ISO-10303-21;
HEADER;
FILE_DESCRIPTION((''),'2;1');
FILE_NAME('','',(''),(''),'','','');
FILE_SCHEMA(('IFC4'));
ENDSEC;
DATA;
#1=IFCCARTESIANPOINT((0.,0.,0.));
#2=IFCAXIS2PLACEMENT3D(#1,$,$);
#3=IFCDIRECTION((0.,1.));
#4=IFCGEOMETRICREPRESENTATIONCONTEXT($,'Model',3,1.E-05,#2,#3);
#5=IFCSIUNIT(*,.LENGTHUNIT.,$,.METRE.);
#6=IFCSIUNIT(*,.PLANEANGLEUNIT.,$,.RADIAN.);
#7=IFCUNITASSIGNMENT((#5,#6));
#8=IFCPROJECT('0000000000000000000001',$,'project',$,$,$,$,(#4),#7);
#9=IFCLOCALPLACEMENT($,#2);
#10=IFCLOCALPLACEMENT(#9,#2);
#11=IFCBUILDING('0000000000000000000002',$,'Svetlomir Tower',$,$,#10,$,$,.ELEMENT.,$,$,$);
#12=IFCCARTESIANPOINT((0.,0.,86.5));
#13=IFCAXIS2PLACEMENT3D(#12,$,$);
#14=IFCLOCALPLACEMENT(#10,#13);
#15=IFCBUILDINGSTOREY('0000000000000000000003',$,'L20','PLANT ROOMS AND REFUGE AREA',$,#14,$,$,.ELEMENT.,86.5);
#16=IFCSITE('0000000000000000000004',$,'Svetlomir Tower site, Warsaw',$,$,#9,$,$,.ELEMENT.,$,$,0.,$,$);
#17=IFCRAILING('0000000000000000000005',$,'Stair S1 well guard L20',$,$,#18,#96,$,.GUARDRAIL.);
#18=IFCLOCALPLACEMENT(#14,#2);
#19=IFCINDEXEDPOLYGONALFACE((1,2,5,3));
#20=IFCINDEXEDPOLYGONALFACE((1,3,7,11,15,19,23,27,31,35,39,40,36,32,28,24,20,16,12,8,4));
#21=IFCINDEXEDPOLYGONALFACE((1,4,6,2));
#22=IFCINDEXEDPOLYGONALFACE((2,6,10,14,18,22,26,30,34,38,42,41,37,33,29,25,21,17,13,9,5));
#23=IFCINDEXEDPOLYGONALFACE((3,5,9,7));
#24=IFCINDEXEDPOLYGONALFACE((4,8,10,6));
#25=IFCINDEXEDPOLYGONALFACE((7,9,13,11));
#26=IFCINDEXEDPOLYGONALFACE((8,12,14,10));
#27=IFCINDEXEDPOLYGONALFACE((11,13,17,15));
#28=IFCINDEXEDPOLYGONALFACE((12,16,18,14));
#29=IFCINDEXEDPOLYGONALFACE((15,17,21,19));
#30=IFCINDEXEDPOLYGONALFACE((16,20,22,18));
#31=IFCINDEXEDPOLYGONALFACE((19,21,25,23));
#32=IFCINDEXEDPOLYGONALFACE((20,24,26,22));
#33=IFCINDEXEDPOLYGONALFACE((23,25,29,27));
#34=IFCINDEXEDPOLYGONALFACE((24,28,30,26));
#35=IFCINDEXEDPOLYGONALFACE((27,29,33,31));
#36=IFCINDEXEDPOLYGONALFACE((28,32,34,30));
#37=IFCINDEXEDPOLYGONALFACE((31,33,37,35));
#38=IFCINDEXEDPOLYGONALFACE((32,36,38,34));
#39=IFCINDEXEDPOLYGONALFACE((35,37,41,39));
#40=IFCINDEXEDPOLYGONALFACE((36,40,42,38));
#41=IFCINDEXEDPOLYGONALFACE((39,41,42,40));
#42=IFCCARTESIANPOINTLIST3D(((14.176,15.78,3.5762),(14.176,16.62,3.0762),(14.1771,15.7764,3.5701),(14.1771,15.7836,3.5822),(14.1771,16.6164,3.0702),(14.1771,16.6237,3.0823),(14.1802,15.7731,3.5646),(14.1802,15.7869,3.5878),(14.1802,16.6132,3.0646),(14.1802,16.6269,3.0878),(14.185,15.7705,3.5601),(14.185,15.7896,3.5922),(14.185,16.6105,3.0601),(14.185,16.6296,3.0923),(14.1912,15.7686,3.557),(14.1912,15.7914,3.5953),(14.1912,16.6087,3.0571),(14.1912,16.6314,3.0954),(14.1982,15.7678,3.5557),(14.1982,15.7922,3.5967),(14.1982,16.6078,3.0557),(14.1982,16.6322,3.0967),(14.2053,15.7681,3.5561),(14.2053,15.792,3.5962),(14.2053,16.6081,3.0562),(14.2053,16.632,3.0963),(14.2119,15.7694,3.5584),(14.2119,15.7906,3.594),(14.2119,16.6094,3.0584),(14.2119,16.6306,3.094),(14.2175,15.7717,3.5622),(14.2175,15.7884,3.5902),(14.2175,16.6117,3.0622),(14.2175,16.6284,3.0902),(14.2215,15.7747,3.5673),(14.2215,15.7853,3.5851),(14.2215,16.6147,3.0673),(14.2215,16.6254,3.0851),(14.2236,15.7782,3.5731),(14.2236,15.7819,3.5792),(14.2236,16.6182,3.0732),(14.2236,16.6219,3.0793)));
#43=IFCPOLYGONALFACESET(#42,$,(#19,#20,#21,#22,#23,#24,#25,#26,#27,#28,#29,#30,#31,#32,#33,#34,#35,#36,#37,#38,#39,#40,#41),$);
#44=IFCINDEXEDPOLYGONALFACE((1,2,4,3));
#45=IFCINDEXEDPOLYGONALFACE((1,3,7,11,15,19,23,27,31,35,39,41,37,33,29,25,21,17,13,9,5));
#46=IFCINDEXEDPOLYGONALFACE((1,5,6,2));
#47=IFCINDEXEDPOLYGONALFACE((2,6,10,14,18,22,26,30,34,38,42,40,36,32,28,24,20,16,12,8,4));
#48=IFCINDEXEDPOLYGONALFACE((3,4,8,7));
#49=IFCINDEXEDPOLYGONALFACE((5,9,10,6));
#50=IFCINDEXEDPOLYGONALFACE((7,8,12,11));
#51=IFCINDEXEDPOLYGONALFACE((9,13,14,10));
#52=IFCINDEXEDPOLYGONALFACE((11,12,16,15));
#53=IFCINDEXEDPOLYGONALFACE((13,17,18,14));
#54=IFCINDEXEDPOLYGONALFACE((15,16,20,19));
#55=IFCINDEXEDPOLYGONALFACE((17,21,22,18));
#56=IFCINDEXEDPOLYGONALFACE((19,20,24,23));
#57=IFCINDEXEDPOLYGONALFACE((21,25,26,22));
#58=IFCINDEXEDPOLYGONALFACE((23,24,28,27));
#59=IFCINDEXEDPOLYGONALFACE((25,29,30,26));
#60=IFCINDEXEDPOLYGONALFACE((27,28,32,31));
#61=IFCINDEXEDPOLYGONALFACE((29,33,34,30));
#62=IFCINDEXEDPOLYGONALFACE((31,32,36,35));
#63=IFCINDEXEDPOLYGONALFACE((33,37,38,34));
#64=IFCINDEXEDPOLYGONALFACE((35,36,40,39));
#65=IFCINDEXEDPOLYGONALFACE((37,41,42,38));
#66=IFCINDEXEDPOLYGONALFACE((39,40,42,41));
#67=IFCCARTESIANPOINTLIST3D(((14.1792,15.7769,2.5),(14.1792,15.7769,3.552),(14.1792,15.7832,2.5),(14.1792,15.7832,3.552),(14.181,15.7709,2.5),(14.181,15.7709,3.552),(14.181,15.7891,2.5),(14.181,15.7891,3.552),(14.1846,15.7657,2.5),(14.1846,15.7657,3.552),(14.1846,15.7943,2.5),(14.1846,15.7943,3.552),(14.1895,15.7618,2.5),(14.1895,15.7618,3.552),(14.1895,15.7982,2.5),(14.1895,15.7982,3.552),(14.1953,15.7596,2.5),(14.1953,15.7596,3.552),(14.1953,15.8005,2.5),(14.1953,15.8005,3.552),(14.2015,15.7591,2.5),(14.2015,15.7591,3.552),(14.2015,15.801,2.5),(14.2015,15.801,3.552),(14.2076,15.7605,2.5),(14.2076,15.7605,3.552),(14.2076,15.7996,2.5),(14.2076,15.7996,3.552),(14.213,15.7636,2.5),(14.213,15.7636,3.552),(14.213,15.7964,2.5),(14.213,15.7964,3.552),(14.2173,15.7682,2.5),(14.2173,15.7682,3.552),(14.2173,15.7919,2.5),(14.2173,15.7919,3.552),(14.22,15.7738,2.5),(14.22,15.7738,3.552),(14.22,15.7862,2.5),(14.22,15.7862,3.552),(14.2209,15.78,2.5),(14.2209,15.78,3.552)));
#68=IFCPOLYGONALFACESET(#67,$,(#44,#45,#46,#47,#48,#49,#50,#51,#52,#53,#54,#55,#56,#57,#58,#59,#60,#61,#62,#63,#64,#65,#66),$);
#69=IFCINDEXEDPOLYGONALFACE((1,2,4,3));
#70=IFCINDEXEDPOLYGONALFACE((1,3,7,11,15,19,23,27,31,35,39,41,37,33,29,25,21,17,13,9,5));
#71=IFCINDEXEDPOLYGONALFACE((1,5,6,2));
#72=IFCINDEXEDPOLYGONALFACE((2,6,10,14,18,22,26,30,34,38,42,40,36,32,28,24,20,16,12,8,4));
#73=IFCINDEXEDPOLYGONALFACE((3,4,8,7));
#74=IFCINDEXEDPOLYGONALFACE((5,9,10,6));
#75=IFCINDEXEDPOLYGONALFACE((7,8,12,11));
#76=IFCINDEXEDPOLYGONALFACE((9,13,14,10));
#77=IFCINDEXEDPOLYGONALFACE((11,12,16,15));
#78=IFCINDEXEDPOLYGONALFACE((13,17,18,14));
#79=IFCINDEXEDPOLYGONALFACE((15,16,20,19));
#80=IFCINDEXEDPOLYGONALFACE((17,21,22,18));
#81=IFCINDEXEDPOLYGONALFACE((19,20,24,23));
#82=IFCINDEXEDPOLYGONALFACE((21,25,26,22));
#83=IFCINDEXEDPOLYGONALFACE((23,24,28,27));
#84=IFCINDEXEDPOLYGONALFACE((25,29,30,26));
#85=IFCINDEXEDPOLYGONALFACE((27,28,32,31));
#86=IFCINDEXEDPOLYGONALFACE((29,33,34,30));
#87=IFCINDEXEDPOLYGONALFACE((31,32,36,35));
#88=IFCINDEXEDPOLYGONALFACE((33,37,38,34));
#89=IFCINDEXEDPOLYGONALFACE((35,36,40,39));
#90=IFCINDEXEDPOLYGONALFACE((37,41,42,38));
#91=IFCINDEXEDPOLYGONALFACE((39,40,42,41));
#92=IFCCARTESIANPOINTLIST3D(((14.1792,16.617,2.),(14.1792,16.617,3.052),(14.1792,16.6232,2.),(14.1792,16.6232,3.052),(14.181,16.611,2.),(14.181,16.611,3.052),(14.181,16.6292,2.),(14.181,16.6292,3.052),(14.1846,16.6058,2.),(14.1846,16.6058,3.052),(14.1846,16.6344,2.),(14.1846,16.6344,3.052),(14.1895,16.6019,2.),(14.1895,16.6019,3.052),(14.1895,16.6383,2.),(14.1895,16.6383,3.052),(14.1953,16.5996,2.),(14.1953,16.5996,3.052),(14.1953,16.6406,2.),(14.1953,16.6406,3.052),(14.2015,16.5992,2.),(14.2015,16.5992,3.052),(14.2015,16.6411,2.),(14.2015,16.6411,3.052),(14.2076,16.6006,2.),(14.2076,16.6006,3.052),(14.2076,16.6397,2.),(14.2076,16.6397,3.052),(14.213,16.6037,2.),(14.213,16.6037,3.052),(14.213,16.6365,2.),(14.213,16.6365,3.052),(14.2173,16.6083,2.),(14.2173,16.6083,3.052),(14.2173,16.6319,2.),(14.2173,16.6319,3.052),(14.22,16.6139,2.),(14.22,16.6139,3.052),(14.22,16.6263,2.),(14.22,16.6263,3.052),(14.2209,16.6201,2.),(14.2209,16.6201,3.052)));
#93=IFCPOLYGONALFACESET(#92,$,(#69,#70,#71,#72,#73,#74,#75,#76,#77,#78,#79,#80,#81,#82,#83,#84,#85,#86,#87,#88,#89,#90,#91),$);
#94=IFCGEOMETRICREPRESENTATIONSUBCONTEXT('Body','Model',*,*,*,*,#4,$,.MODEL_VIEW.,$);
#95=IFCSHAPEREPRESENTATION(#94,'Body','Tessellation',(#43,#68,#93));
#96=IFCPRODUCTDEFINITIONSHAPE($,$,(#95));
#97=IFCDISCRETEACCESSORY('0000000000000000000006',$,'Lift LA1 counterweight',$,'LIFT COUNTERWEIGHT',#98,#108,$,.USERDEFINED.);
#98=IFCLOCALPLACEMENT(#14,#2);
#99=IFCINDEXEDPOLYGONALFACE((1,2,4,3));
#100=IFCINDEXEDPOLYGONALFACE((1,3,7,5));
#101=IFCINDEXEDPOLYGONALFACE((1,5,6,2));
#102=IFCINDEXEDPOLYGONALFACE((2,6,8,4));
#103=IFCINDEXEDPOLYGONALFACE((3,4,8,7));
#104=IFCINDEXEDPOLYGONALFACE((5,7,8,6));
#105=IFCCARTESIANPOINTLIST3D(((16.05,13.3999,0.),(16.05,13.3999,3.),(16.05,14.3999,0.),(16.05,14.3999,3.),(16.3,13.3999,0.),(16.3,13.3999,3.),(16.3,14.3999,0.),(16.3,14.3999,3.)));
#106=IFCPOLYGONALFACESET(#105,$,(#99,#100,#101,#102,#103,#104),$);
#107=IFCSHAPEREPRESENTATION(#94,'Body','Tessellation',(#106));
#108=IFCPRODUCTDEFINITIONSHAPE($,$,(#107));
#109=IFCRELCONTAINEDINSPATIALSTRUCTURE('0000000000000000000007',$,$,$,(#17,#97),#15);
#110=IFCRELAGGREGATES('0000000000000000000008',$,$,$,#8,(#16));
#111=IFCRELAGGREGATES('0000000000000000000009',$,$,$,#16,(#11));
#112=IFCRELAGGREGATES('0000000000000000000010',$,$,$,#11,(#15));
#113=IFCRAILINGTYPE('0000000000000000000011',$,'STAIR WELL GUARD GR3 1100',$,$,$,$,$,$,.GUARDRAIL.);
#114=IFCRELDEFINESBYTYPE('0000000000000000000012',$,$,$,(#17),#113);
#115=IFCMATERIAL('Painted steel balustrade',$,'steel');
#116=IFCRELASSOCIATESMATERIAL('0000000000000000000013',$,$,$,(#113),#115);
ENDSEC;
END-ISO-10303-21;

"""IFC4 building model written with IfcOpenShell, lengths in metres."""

from ifc_helpers import new_model, si_unit, direction, frame, origin, origin_2d, place, context, subcontext, project, spatial, rectangle, circle, extrude, material, type_object, element, save


model = new_model("IFC4")

# Units and contexts
model_context = context("Model", 3, precision=1e-05, world=origin(), true_north=direction((0.0, 1.0)))
body_context = subcontext(model_context, "Body", "Model", "MODEL_VIEW")
ifc_project = project(units=[si_unit("LENGTHUNIT", "METRE"), si_unit("PLANEANGLEUNIT", "RADIAN")], contexts=[model_context])

# Site, building, storey
site_placement = place(None, origin())
site = spatial("IfcSite", under=ifc_project, at=site_placement, Name="Svetlomir Tower site, Warsaw", CompositionType="ELEMENT", RefElevation=0.0)
building_placement = place(site_placement, origin())
building = spatial("IfcBuilding", under=site, at=building_placement, Name="Svetlomir Tower", CompositionType="ELEMENT")
storey_placement = place(building_placement, frame((0.0, 0.0, 86.5)))
storey = spatial("IfcBuildingStorey", under=building, at=storey_placement, Name="L20", Description="PLANT ROOMS AND REFUGE AREA", CompositionType="ELEMENT", Elevation=86.5)

# Railing
ifc_material_1 = material(Name="Painted steel balustrade", Category="steel")
railing_type_1 = type_object("IfcRailingType", Name="STAIR WELL GUARD GR3 1100", PredefinedType="GUARDRAIL", material=ifc_material_1)
railing_1_placement = place(storey_placement, frame((14.2, 15.78, 2.5)))
element("IfcRailing", 1, at=railing_1_placement, inside=storey, type_object=railing_type_1, Name="Stair S1 well guard L20", PredefinedType="GUARDRAIL", context=body_context, shape_type="SweptSolid", body=[
    extrude(circle(Radius=0.0239, at=origin_2d()), frame((0.0, 0.0, 1.0762), z_axis=(0.0, 0.859316, -0.511444), x_axis=(-1.0, 0.0, 0.0)), (0.0, 0.0, 1.0), 0.9775),
    extrude(circle(Radius=0.021, at=origin_2d()), origin(), (0.0, 0.0, 1.0), 1.052),
    extrude(circle(Radius=0.021, at=origin_2d()), frame((0.0, 0.8401, -0.5)), (0.0, 0.0, 1.0), 1.052),
])

# Discrete accessory
discrete_accessory_placement = place(storey_placement, frame((16.175, 13.8999, 0.0), z_axis=(0.0, 0.0, 1.0), x_axis=(1.0, 0.0, 0.0)))
element("IfcDiscreteAccessory", 2, at=discrete_accessory_placement, inside=storey, Name="Lift LA1 counterweight", ObjectType="LIFT COUNTERWEIGHT", PredefinedType="USERDEFINED", context=body_context, shape_type="SweptSolid", body=[
    extrude(rectangle(XDim=0.25, YDim=1.0, at=origin_2d()), origin(), (0.0, 0.0, 1.0), 3.0),
])

save(model, "model.ifc")
